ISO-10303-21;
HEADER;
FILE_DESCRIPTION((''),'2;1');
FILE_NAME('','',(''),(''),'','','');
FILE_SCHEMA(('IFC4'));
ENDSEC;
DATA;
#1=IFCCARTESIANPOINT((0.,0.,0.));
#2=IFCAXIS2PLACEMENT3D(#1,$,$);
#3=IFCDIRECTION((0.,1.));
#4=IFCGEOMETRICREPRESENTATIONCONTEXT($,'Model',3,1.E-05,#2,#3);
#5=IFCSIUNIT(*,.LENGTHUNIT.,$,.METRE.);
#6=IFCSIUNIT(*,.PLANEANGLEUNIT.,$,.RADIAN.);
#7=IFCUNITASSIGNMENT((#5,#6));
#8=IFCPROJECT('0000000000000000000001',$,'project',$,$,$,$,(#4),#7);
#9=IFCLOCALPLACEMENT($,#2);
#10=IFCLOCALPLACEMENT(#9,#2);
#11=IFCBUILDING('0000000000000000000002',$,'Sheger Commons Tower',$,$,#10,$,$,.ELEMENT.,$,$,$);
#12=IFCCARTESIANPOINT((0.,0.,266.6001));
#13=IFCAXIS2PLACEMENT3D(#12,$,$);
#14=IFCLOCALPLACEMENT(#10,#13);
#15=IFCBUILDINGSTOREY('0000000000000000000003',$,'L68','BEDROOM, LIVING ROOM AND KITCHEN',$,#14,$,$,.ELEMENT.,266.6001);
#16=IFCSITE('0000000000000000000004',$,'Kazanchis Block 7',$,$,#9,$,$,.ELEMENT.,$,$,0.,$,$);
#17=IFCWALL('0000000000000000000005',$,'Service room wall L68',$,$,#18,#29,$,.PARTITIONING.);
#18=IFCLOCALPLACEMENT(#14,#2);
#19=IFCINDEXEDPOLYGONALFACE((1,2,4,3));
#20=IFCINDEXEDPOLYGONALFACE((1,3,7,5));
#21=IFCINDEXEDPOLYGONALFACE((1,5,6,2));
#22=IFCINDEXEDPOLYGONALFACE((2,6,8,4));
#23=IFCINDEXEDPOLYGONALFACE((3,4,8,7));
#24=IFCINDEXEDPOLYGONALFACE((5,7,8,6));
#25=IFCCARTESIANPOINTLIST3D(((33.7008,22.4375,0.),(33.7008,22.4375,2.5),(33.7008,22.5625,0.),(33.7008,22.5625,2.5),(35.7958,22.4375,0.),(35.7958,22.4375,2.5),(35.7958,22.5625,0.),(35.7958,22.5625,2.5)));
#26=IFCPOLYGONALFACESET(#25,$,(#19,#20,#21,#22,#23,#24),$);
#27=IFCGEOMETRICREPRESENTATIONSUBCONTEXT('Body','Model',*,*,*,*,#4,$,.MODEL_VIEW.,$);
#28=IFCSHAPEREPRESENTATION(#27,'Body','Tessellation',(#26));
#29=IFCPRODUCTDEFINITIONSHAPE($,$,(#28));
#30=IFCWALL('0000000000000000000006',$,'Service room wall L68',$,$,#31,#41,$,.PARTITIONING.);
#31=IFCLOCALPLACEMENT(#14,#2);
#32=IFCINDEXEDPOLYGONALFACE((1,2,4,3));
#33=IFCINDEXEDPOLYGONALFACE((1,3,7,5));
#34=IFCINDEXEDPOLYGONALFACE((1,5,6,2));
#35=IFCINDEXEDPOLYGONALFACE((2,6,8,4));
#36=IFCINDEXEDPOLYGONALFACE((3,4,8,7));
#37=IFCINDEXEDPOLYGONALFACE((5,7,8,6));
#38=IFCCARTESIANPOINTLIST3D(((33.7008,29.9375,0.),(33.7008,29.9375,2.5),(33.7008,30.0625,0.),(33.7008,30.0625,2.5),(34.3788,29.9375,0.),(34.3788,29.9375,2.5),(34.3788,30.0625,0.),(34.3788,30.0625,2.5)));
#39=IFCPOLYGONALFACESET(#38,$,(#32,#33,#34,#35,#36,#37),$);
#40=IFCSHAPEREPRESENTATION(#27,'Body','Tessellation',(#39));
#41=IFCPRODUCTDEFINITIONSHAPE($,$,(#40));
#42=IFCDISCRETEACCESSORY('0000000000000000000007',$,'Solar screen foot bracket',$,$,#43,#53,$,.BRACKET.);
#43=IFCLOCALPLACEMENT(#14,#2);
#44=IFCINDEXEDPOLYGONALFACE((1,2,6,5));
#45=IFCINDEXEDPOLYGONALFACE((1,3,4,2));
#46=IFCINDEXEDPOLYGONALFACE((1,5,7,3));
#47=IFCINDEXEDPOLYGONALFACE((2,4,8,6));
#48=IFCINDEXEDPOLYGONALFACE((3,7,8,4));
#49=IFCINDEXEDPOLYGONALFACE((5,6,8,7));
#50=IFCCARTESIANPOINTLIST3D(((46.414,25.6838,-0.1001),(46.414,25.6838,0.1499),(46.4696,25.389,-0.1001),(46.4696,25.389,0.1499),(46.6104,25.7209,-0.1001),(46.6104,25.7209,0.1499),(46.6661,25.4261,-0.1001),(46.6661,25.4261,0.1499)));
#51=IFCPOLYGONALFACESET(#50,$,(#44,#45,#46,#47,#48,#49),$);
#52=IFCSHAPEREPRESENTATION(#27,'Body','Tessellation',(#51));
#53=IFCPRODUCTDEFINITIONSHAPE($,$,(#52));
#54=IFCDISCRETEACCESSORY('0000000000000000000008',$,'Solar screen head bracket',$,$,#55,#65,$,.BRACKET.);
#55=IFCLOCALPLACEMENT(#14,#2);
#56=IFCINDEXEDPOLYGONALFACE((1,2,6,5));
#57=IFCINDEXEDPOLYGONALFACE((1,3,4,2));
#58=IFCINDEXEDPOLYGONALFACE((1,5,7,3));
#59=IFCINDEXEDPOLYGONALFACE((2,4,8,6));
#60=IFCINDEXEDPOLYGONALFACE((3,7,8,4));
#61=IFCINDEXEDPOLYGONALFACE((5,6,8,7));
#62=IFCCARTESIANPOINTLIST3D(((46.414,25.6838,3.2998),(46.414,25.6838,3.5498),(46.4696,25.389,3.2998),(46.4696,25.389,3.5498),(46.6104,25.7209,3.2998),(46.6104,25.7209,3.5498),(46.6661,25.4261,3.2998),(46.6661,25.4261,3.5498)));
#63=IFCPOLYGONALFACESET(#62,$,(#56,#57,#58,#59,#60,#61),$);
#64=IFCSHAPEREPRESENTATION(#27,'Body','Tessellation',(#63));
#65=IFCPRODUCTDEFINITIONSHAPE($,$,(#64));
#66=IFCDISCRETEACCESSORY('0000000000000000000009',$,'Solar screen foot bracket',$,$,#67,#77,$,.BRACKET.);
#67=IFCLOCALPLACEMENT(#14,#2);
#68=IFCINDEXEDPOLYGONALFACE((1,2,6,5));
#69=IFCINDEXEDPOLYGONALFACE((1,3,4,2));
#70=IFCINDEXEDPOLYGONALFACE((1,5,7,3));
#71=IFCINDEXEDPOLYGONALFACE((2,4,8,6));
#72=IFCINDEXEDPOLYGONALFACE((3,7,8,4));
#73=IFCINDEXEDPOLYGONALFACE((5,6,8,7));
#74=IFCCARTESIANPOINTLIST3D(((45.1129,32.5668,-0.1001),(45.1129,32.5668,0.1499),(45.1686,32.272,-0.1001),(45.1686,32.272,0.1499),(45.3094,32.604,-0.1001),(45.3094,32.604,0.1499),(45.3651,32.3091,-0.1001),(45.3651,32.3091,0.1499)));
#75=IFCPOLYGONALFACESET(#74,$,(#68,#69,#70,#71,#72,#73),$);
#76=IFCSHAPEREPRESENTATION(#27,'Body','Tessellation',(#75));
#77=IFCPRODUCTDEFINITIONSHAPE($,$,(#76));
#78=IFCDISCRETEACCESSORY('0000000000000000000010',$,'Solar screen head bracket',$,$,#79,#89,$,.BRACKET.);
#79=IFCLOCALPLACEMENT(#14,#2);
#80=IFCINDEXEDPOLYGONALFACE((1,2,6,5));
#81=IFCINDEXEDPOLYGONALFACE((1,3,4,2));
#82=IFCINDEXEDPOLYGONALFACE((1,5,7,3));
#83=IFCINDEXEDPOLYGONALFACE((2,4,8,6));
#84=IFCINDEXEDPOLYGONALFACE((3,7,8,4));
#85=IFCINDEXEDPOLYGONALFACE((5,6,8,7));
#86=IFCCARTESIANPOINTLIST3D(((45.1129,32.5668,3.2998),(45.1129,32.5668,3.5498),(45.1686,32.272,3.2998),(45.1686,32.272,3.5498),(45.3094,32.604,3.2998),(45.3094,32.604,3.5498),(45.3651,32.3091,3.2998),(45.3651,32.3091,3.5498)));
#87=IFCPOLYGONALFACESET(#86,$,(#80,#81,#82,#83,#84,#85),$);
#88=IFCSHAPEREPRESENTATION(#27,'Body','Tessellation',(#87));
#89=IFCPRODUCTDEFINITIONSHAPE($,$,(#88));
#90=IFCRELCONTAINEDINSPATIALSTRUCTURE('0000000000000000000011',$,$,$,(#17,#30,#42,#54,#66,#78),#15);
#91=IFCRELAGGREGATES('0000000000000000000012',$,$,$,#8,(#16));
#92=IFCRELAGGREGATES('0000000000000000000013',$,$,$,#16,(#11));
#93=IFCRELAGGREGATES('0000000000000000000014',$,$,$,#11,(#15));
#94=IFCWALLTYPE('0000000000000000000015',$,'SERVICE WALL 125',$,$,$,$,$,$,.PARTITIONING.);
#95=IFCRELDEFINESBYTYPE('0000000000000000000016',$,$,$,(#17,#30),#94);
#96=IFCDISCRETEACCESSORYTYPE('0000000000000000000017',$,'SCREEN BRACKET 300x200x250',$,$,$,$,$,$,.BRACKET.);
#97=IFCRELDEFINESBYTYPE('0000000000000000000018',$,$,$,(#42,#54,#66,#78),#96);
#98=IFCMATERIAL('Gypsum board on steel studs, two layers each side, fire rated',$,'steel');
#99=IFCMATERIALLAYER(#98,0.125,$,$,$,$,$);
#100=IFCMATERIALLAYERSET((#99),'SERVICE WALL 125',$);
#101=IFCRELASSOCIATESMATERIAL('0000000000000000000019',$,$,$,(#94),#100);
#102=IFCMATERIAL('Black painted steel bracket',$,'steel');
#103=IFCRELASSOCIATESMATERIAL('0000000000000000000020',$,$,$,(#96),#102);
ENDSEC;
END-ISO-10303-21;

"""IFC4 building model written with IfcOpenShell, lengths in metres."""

from ifc_helpers import new_model, si_unit, direction, frame, frame_2d, origin, origin_2d, place, context, subcontext, project, spatial, rectangle, extrude, material, layer, layer_set, type_object, element, save


model = new_model("IFC4")

# Units and contexts
model_context = context("Model", 3, precision=1e-05, world=origin(), true_north=direction((0.0, 1.0)))
body_context = subcontext(model_context, "Body", "Model", "MODEL_VIEW")
ifc_project = project(units=[si_unit("LENGTHUNIT", "METRE"), si_unit("PLANEANGLEUNIT", "RADIAN")], contexts=[model_context])

# Site, building, storey
site_placement = place(None, origin())
site = spatial("IfcSite", under=ifc_project, at=site_placement, Name="Kazanchis Block 7", CompositionType="ELEMENT", RefElevation=0.0)
building_placement = place(site_placement, origin())
building = spatial("IfcBuilding", under=site, at=building_placement, Name="Sheger Commons Tower", CompositionType="ELEMENT")
storey_placement = place(building_placement, frame((0.0, 0.0, 266.6001)))
storey = spatial("IfcBuildingStorey", under=building, at=storey_placement, Name="L68", Description="BEDROOM, LIVING ROOM AND KITCHEN", CompositionType="ELEMENT", Elevation=266.6001)

# Walls
ifc_material_1 = material(Name="Gypsum board on steel studs, two layers each side, fire rated", Category="steel")
ifc_layer_1 = layer(ifc_material_1, 0.125)
ifc_layer_set_1 = layer_set([ifc_layer_1], Name="SERVICE WALL 125")
wall_type_1 = type_object("IfcWallType", Name="SERVICE WALL 125", PredefinedType="PARTITIONING", material=ifc_layer_set_1)
wall_1_placement = place(storey_placement, frame((33.7009, 22.5, 0.0), z_axis=(0.0, 0.0, 1.0), x_axis=(1.0, 0.0, 0.0)))
element("IfcWall", 1, at=wall_1_placement, inside=storey, type_object=wall_type_1, Name="Service room wall L68", PredefinedType="PARTITIONING", context=body_context, shape_type="SweptSolid", body=[
    extrude(rectangle(XDim=2.095, YDim=0.125, at=frame_2d((1.0474, 0.0))), origin(), (0.0, 0.0, 1.0), 2.5),
])
wall_2_placement = place(storey_placement, frame((33.7009, 30.0, 0.0), z_axis=(0.0, 0.0, 1.0), x_axis=(1.0, 0.0, 0.0)))
element("IfcWall", 2, at=wall_2_placement, inside=storey, type_object=wall_type_1, Name="Service room wall L68", PredefinedType="PARTITIONING", context=body_context, shape_type="SweptSolid", body=[
    extrude(rectangle(XDim=0.678, YDim=0.125, at=frame_2d((0.3389, 0.0))), origin(), (0.0, 0.0, 1.0), 2.5),
])

# Discrete accessories
ifc_material_2 = material(Name="Black painted steel bracket", Category="steel")
discrete_accessory_type = type_object("IfcDiscreteAccessoryType", Name="SCREEN BRACKET 300x200x250", PredefinedType="BRACKET", material=ifc_material_2)
for number, where, z_axis, x_axis, name in (
    (3, (46.54, 25.5549, -0.1001), (0.0, 0.0, 1.0), (-0.185615, 0.982623, 0.0), "Solar screen foot bracket"),
    (4, (46.54, 25.5549, 3.2998), (0.0, 0.0, 1.0), (-0.185615, 0.982623, 0.0), "Solar screen head bracket"),
    (5, (45.239, 32.438, -0.1001), (0.0, 0.0, 1.0), (-0.185615, 0.982623, 0.0), "Solar screen foot bracket"),
    (6, (45.239, 32.438, 3.2998), (0.0, 0.0, 1.0), (-0.185615, 0.982623, 0.0), "Solar screen head bracket"),
):
    element("IfcDiscreteAccessory", number, at=place(storey_placement, frame(where, z_axis=z_axis, x_axis=x_axis)), inside=storey, type_object=discrete_accessory_type, Name=name, PredefinedType="BRACKET", context=body_context, shape_type="SweptSolid", body=[
        extrude(rectangle(XDim=0.3, YDim=0.2, at=origin_2d()), origin(), (0.0, 0.0, 1.0), 0.25),
    ])

save(model, "model.ifc")
